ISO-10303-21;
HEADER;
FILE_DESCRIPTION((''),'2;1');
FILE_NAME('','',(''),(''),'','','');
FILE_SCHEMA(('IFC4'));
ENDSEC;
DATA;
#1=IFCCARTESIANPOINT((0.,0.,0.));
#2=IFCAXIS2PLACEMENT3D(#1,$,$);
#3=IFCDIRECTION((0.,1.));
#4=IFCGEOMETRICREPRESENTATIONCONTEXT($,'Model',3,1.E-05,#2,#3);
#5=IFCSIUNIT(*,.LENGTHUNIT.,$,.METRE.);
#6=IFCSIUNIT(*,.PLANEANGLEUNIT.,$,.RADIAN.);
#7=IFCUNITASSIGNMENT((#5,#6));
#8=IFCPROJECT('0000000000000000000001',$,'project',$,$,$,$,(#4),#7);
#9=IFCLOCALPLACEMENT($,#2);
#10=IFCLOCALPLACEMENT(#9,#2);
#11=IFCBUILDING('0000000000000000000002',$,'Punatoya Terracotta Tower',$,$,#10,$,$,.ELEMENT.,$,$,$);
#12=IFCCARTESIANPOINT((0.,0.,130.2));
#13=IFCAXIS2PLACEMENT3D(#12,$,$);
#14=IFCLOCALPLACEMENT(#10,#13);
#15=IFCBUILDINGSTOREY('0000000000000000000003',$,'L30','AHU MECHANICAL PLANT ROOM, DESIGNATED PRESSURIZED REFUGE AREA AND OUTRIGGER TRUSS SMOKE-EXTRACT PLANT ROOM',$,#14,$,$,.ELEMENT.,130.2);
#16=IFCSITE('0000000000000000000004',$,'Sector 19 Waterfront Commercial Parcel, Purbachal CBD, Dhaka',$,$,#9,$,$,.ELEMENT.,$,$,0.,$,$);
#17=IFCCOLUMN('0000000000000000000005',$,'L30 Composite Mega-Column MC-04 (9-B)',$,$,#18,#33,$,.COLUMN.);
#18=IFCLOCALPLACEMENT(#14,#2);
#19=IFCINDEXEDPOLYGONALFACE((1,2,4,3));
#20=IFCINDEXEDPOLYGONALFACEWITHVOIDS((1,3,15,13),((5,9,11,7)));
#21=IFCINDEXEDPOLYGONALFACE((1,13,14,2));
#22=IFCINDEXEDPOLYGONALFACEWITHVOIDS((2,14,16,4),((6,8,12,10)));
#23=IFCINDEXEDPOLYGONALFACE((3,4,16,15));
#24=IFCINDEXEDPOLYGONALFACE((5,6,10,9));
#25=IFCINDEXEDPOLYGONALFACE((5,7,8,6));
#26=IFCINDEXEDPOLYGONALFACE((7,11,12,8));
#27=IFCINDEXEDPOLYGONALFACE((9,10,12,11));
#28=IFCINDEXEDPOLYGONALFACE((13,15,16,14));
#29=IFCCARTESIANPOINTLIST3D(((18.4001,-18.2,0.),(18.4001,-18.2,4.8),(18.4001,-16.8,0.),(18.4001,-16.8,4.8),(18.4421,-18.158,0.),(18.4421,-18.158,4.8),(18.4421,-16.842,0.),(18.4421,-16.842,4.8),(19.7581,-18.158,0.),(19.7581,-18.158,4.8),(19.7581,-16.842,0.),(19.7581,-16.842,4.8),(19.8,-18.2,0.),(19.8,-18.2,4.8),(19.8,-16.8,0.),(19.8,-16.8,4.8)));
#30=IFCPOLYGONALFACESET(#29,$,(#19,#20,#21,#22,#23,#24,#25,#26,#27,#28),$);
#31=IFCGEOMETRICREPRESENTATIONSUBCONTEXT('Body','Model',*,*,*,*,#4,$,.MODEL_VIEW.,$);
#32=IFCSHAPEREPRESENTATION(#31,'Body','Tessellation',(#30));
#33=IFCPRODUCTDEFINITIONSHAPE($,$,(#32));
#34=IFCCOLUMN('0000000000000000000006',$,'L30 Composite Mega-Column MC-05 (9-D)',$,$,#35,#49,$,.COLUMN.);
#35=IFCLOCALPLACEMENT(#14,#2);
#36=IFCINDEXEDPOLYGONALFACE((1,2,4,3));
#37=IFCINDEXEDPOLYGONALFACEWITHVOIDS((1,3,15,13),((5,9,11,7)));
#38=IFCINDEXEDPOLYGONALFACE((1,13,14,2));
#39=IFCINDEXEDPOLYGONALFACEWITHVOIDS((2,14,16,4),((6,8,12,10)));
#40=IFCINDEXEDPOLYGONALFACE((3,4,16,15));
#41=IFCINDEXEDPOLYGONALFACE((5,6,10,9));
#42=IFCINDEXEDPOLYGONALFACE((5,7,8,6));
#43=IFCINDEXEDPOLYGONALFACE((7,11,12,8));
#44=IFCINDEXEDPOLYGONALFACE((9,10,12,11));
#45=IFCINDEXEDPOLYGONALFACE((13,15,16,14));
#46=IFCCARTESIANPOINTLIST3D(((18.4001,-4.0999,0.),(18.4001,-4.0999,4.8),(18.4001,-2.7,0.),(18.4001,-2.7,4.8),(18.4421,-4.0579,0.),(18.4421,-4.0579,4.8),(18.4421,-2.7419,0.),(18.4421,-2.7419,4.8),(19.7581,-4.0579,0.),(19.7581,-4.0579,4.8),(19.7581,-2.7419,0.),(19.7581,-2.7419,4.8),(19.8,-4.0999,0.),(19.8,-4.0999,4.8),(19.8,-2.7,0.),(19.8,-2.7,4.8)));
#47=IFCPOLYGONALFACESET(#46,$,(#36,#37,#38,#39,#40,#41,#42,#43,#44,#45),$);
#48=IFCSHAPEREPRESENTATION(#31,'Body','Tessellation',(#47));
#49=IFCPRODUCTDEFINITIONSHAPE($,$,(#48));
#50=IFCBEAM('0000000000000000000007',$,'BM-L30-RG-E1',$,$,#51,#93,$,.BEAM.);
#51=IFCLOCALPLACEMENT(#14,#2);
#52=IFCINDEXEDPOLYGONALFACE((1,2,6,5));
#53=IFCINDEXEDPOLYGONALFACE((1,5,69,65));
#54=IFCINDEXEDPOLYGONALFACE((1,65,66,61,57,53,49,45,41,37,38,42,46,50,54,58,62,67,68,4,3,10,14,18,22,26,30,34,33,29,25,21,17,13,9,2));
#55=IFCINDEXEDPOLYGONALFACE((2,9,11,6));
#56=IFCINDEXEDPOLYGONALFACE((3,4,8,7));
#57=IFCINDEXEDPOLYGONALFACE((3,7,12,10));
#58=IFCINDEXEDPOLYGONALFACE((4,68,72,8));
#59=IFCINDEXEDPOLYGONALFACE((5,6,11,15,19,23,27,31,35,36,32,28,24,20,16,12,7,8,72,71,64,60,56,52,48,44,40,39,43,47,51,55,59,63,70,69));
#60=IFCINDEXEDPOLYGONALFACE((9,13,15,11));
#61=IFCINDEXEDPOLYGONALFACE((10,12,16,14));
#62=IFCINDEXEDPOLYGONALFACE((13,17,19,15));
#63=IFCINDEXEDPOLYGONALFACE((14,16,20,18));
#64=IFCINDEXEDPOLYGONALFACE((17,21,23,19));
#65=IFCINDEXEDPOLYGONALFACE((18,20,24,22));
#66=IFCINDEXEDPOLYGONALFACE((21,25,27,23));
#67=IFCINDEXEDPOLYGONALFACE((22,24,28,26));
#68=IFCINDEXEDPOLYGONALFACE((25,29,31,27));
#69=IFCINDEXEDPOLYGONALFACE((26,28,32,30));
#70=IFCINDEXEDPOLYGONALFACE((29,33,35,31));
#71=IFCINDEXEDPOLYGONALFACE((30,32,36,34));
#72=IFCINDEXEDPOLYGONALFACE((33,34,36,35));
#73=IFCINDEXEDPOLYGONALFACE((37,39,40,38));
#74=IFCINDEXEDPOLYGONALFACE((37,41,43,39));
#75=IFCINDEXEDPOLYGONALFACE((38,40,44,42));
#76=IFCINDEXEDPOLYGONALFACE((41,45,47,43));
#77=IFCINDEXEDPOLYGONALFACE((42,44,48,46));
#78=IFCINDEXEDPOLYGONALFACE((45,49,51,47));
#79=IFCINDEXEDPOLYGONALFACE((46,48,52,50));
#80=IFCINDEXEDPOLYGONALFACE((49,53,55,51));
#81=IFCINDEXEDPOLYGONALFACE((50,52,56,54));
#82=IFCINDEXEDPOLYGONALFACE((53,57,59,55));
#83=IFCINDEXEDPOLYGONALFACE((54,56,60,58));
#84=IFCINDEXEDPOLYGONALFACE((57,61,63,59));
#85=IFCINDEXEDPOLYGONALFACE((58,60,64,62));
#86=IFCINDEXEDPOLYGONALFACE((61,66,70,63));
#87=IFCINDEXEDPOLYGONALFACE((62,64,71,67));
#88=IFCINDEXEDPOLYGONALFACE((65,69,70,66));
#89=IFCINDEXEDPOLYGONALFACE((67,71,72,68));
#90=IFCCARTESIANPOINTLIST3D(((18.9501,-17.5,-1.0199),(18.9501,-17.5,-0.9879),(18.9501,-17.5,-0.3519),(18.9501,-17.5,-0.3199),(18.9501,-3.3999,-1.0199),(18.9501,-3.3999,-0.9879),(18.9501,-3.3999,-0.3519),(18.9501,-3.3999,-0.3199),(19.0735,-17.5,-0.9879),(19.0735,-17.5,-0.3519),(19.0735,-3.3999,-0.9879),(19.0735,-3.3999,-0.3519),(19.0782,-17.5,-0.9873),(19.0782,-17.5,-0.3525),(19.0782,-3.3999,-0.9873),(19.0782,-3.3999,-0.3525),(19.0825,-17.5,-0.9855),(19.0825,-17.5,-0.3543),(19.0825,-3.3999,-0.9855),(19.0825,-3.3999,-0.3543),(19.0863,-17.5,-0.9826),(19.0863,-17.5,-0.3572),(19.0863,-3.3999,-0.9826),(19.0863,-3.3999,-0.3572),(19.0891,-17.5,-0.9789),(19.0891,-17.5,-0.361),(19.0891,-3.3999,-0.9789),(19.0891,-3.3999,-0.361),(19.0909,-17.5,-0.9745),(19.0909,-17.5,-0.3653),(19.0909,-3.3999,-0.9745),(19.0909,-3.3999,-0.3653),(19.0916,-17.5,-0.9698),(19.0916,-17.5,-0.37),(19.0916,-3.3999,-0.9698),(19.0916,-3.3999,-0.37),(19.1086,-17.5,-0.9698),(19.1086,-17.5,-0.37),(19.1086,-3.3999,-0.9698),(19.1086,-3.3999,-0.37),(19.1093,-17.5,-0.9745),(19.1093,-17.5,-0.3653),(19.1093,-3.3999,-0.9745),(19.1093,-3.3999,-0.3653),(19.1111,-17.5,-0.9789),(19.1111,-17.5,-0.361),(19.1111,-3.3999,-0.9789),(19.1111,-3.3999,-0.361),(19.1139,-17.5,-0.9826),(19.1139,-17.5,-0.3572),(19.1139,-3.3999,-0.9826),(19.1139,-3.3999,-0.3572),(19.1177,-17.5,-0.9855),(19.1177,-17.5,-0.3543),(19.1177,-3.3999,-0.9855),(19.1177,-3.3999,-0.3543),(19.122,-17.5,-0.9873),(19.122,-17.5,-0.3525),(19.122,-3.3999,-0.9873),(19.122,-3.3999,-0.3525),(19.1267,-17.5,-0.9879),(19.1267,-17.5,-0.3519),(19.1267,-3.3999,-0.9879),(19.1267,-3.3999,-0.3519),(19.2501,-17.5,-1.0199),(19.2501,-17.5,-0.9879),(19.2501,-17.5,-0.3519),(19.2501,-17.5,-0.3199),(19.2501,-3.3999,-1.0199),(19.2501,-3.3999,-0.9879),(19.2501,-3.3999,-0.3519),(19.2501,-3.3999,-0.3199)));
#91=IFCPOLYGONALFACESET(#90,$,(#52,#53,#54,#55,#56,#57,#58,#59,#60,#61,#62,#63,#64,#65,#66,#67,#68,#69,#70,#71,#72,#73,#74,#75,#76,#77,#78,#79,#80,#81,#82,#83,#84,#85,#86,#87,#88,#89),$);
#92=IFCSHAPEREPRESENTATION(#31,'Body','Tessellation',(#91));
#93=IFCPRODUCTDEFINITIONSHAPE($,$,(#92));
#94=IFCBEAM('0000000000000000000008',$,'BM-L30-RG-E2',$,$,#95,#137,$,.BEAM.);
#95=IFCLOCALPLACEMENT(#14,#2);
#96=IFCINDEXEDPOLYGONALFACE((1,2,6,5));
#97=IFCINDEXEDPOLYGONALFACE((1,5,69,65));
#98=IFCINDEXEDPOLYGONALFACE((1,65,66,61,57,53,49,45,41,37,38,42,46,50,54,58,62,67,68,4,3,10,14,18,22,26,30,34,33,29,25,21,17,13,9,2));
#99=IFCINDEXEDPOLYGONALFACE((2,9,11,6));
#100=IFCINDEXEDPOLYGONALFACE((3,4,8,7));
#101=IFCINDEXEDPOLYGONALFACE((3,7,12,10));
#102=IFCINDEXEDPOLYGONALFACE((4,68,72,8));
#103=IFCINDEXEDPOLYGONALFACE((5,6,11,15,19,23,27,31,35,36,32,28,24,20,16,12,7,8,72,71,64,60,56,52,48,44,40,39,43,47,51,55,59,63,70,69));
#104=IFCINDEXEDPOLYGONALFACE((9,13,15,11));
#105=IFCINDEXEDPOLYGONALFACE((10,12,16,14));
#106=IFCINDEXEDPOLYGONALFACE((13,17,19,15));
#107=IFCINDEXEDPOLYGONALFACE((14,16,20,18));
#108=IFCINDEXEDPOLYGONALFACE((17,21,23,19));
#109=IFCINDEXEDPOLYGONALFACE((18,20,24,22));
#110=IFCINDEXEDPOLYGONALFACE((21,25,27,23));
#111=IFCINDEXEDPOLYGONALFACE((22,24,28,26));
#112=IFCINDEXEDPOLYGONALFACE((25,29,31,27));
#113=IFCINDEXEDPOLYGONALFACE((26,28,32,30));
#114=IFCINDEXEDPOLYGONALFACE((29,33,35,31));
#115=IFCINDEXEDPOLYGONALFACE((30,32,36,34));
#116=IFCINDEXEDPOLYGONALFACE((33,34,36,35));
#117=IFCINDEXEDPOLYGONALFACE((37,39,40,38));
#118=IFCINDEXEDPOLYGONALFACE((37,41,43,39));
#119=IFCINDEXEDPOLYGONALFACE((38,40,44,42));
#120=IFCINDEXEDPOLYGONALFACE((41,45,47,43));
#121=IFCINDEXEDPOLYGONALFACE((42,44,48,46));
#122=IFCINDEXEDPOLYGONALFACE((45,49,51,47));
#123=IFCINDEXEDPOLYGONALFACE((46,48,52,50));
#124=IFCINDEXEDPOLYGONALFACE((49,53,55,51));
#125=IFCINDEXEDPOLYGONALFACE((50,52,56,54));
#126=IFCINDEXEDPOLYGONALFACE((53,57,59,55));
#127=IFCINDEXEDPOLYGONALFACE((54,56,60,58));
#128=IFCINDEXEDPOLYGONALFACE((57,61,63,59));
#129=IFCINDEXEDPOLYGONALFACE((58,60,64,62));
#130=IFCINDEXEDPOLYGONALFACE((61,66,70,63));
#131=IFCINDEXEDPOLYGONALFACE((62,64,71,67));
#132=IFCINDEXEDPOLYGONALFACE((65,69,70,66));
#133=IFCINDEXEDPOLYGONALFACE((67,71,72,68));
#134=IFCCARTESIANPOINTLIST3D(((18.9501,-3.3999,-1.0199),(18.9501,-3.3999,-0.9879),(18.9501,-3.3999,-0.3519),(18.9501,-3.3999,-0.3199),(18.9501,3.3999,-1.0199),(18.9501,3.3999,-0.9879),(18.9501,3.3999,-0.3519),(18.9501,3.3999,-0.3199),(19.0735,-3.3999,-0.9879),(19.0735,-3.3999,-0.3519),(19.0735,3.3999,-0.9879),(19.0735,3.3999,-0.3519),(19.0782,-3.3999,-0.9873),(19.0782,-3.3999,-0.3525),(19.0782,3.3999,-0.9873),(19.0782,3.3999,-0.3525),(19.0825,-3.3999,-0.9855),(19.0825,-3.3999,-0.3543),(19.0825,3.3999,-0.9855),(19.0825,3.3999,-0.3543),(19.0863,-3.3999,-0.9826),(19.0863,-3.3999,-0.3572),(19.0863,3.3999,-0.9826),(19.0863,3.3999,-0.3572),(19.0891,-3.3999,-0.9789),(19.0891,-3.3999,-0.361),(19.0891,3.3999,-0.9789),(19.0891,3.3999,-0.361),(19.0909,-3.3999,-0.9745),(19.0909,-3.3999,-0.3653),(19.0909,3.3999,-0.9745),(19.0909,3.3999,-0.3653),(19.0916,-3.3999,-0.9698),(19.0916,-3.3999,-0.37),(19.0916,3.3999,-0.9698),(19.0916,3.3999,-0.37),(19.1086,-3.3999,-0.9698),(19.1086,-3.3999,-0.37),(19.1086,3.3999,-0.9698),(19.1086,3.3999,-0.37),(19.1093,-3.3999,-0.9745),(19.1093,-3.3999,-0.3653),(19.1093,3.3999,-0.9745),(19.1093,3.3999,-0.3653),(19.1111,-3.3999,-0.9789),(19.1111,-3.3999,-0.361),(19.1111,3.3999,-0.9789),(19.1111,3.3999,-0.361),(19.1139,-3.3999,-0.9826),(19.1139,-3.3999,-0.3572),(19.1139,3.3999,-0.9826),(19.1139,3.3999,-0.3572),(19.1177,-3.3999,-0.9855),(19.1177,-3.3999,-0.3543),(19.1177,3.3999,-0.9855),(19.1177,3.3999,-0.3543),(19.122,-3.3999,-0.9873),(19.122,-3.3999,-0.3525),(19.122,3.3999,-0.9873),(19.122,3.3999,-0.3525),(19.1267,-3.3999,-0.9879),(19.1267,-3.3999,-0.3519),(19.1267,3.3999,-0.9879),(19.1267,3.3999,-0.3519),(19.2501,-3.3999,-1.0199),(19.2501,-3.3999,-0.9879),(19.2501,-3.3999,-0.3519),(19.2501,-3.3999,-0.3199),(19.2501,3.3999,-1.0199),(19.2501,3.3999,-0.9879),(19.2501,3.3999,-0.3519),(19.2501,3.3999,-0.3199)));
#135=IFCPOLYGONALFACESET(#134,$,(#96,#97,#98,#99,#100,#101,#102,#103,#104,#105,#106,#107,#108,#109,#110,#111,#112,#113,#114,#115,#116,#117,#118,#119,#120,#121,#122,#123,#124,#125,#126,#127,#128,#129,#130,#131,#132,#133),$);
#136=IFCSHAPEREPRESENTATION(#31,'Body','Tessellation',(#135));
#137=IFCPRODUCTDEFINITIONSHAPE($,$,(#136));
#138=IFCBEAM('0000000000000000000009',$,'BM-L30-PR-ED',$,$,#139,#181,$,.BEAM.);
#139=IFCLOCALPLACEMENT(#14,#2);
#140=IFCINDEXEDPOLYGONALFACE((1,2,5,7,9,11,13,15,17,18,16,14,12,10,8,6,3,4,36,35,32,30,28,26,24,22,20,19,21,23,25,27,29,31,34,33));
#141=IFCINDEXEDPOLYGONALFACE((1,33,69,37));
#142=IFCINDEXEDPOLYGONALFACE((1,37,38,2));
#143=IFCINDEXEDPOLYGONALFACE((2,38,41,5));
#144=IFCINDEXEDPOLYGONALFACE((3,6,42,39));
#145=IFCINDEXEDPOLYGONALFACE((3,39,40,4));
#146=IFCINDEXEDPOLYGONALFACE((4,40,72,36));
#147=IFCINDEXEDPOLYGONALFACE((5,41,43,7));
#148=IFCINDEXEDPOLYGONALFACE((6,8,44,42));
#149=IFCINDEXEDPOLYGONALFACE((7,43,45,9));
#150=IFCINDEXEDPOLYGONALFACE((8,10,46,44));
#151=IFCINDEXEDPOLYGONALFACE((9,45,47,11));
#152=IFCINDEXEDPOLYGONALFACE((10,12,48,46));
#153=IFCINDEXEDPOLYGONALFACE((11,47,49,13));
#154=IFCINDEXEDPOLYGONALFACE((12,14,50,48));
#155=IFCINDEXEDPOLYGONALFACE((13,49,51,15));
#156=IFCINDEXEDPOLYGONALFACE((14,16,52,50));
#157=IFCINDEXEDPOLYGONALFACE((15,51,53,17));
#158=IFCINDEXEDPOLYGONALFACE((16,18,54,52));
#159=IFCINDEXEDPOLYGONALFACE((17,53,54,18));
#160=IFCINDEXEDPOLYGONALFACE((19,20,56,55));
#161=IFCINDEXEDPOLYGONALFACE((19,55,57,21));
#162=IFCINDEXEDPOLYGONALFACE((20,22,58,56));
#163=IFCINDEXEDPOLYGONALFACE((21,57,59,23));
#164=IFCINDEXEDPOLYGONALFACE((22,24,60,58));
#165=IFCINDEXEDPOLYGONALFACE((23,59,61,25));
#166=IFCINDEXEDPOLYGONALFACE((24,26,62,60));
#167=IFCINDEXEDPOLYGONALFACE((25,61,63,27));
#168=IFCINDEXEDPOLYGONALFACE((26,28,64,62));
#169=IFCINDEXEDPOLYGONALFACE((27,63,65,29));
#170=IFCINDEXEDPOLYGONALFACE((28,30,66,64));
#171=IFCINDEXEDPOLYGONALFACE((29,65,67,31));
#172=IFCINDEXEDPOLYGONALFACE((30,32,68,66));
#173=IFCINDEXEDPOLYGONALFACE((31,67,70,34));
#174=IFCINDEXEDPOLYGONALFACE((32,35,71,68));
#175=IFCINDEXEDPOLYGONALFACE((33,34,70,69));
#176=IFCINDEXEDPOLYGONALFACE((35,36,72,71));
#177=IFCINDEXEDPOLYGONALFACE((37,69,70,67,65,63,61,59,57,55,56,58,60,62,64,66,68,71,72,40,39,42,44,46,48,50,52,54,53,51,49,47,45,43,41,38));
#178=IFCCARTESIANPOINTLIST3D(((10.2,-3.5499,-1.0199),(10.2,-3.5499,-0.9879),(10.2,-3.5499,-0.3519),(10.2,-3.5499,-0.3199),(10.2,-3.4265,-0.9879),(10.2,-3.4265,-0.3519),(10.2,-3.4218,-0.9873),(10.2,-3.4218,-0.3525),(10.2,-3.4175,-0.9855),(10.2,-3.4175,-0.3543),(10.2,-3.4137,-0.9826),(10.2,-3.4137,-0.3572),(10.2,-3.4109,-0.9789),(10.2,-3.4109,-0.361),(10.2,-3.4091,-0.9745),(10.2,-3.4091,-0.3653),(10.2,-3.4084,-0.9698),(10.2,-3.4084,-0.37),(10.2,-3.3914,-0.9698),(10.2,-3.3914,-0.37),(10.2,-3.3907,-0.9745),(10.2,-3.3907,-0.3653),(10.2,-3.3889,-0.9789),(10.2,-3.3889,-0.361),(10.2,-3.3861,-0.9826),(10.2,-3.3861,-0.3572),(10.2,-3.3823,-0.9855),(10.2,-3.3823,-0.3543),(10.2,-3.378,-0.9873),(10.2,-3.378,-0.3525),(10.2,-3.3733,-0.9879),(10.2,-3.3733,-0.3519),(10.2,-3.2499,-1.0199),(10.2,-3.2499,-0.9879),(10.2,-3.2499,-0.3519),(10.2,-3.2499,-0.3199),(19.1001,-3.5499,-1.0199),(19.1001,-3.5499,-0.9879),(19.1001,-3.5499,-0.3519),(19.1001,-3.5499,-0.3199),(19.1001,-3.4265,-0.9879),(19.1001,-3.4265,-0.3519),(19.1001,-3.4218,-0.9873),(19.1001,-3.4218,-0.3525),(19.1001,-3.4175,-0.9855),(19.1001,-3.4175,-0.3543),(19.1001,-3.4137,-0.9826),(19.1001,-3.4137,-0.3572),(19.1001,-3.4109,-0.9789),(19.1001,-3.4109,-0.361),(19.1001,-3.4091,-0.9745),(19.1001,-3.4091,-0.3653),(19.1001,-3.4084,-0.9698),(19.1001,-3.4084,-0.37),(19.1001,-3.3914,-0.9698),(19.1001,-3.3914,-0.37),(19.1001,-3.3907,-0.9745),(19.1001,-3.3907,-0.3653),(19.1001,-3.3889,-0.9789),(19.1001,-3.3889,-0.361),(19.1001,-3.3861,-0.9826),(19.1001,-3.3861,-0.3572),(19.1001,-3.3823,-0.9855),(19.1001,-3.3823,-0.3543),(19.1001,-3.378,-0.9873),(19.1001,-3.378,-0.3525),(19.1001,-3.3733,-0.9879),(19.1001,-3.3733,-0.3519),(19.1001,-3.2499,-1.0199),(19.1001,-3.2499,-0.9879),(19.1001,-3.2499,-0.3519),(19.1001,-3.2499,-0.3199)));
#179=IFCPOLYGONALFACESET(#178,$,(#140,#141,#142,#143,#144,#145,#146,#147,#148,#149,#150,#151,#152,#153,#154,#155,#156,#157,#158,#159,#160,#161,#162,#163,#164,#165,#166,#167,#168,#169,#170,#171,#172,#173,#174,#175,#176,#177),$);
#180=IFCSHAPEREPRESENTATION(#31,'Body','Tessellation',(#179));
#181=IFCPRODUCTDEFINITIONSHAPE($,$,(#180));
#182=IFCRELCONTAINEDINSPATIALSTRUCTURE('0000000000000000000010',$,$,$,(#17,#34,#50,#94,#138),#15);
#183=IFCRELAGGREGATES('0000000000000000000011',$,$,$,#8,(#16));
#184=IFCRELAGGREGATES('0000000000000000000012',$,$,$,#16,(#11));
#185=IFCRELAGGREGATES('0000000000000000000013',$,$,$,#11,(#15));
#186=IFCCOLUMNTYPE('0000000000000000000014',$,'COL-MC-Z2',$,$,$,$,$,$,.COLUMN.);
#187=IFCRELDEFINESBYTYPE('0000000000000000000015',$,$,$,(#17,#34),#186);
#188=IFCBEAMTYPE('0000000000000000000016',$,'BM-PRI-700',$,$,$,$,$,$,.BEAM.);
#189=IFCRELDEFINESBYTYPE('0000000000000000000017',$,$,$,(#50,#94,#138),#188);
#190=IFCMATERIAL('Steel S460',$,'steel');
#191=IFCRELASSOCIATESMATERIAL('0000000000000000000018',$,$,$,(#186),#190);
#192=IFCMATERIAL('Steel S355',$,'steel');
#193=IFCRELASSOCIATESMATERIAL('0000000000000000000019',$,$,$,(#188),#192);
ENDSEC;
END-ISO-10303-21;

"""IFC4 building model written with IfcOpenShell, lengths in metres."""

from ifc_helpers import new_model, si_unit, direction, frame, origin, origin_2d, place, context, subcontext, project, spatial, hollow_rectangle, i_section, extrude, material, material_profile, profile_set, type_object, element, save


model = new_model("IFC4")

# Units and contexts
model_context = context("Model", 3, precision=1e-05, world=origin(), true_north=direction((0.0, 1.0)))
body_context = subcontext(model_context, "Body", "Model", "MODEL_VIEW")
ifc_project = project(units=[si_unit("LENGTHUNIT", "METRE"), si_unit("PLANEANGLEUNIT", "RADIAN")], contexts=[model_context])

# Site, building, storey
site_placement = place(None, origin())
site = spatial("IfcSite", under=ifc_project, at=site_placement, Name="Sector 19 Waterfront Commercial Parcel, Purbachal CBD, Dhaka", CompositionType="ELEMENT", RefElevation=0.0)
building_placement = place(site_placement, origin())
building = spatial("IfcBuilding", under=site, at=building_placement, Name="Punatoya Terracotta Tower", CompositionType="ELEMENT")
storey_placement = place(building_placement, frame((0.0, 0.0, 130.2)))
storey = spatial("IfcBuildingStorey", under=building, at=storey_placement, Name="L30", Description="AHU MECHANICAL PLANT ROOM, DESIGNATED PRESSURIZED REFUGE AREA AND OUTRIGGER TRUSS SMOKE-EXTRACT PLANT ROOM", CompositionType="ELEMENT", Elevation=130.2)

# Columns
ifc_material_1 = material(Name="Steel S460", Category="steel")
ifc_material_profile_1 = material_profile(ifc_material_1, hollow_rectangle(XDim=1.3999, YDim=1.3999, WallThickness=0.042, at=origin_2d()))
ifc_profile_set_1 = profile_set([ifc_material_profile_1], Name="Steel S460")
column_type = type_object("IfcColumnType", Name="COL-MC-Z2", PredefinedType="COLUMN", material=ifc_profile_set_1)
for number, where, z_axis, x_axis, name in (
    (1, (19.1001, -17.5, 0.0), (0.0, 0.0, 1.0), (1.0, 0.0, 0.0), "L30 Composite Mega-Column MC-04 (9-B)"),
    (2, (19.1001, -3.3999, 0.0), (0.0, 0.0, 1.0), (1.0, 0.0, 0.0), "L30 Composite Mega-Column MC-05 (9-D)"),
):
    element("IfcColumn", number, at=place(storey_placement, frame(where, z_axis=z_axis, x_axis=x_axis)), inside=storey, type_object=column_type, Name=name, PredefinedType="COLUMN", context=body_context, shape_type="SweptSolid", body=[
        extrude(hollow_rectangle(XDim=1.3999, YDim=1.3999, WallThickness=0.042, at=origin_2d()), origin(), (0.0, 0.0, 1.0), 4.8),
    ])

# Beams
ifc_material_2 = material(Name="Steel S355", Category="steel")
ifc_material_profile_2 = material_profile(ifc_material_2, i_section(OverallWidth=0.3, OverallDepth=0.7, WebThickness=0.0171, FlangeThickness=0.032, FilletRadius=0.0181, at=origin_2d()))
ifc_profile_set_2 = profile_set([ifc_material_profile_2], Name="Steel S355")
beam_type_1 = type_object("IfcBeamType", Name="BM-PRI-700", PredefinedType="BEAM", material=ifc_profile_set_2)
beam_1_placement = place(storey_placement, frame((19.1001, -17.5, -0.6699), z_axis=(0.0, 1.0, 0.0), x_axis=(-1.0, 0.0, 0.0)))
element("IfcBeam", 3, at=beam_1_placement, inside=storey, type_object=beam_type_1, Name="BM-L30-RG-E1", PredefinedType="BEAM", context=body_context, shape_type="SweptSolid", body=[
    extrude(i_section(OverallWidth=0.3, OverallDepth=0.7, WebThickness=0.0171, FlangeThickness=0.032, FilletRadius=0.0181, at=origin_2d()), origin(), (0.0, 0.0, 1.0), 14.1001),
])
beam_2_placement = place(storey_placement, frame((19.1001, -3.3999, -0.6699), z_axis=(0.0, 1.0, 0.0), x_axis=(-1.0, 0.0, 0.0)))
element("IfcBeam", 4, at=beam_2_placement, inside=storey, type_object=beam_type_1, Name="BM-L30-RG-E2", PredefinedType="BEAM", context=body_context, shape_type="SweptSolid", body=[
    extrude(i_section(OverallWidth=0.3, OverallDepth=0.7, WebThickness=0.0171, FlangeThickness=0.032, FilletRadius=0.0181, at=origin_2d()), origin(), (0.0, 0.0, 1.0), 6.7998),
])
beam_3_placement = place(storey_placement, frame((10.2, -3.3999, -0.6699), z_axis=(1.0, 0.0, 0.0), x_axis=(0.0, 1.0, 0.0)))
element("IfcBeam", 5, at=beam_3_placement, inside=storey, type_object=beam_type_1, Name="BM-L30-PR-ED", PredefinedType="BEAM", context=body_context, shape_type="SweptSolid", body=[
    extrude(i_section(OverallWidth=0.3, OverallDepth=0.7, WebThickness=0.0171, FlangeThickness=0.032, FilletRadius=0.0181, at=origin_2d()), origin(), (0.0, 0.0, 1.0), 8.9001),
])

save(model, "model.ifc")
